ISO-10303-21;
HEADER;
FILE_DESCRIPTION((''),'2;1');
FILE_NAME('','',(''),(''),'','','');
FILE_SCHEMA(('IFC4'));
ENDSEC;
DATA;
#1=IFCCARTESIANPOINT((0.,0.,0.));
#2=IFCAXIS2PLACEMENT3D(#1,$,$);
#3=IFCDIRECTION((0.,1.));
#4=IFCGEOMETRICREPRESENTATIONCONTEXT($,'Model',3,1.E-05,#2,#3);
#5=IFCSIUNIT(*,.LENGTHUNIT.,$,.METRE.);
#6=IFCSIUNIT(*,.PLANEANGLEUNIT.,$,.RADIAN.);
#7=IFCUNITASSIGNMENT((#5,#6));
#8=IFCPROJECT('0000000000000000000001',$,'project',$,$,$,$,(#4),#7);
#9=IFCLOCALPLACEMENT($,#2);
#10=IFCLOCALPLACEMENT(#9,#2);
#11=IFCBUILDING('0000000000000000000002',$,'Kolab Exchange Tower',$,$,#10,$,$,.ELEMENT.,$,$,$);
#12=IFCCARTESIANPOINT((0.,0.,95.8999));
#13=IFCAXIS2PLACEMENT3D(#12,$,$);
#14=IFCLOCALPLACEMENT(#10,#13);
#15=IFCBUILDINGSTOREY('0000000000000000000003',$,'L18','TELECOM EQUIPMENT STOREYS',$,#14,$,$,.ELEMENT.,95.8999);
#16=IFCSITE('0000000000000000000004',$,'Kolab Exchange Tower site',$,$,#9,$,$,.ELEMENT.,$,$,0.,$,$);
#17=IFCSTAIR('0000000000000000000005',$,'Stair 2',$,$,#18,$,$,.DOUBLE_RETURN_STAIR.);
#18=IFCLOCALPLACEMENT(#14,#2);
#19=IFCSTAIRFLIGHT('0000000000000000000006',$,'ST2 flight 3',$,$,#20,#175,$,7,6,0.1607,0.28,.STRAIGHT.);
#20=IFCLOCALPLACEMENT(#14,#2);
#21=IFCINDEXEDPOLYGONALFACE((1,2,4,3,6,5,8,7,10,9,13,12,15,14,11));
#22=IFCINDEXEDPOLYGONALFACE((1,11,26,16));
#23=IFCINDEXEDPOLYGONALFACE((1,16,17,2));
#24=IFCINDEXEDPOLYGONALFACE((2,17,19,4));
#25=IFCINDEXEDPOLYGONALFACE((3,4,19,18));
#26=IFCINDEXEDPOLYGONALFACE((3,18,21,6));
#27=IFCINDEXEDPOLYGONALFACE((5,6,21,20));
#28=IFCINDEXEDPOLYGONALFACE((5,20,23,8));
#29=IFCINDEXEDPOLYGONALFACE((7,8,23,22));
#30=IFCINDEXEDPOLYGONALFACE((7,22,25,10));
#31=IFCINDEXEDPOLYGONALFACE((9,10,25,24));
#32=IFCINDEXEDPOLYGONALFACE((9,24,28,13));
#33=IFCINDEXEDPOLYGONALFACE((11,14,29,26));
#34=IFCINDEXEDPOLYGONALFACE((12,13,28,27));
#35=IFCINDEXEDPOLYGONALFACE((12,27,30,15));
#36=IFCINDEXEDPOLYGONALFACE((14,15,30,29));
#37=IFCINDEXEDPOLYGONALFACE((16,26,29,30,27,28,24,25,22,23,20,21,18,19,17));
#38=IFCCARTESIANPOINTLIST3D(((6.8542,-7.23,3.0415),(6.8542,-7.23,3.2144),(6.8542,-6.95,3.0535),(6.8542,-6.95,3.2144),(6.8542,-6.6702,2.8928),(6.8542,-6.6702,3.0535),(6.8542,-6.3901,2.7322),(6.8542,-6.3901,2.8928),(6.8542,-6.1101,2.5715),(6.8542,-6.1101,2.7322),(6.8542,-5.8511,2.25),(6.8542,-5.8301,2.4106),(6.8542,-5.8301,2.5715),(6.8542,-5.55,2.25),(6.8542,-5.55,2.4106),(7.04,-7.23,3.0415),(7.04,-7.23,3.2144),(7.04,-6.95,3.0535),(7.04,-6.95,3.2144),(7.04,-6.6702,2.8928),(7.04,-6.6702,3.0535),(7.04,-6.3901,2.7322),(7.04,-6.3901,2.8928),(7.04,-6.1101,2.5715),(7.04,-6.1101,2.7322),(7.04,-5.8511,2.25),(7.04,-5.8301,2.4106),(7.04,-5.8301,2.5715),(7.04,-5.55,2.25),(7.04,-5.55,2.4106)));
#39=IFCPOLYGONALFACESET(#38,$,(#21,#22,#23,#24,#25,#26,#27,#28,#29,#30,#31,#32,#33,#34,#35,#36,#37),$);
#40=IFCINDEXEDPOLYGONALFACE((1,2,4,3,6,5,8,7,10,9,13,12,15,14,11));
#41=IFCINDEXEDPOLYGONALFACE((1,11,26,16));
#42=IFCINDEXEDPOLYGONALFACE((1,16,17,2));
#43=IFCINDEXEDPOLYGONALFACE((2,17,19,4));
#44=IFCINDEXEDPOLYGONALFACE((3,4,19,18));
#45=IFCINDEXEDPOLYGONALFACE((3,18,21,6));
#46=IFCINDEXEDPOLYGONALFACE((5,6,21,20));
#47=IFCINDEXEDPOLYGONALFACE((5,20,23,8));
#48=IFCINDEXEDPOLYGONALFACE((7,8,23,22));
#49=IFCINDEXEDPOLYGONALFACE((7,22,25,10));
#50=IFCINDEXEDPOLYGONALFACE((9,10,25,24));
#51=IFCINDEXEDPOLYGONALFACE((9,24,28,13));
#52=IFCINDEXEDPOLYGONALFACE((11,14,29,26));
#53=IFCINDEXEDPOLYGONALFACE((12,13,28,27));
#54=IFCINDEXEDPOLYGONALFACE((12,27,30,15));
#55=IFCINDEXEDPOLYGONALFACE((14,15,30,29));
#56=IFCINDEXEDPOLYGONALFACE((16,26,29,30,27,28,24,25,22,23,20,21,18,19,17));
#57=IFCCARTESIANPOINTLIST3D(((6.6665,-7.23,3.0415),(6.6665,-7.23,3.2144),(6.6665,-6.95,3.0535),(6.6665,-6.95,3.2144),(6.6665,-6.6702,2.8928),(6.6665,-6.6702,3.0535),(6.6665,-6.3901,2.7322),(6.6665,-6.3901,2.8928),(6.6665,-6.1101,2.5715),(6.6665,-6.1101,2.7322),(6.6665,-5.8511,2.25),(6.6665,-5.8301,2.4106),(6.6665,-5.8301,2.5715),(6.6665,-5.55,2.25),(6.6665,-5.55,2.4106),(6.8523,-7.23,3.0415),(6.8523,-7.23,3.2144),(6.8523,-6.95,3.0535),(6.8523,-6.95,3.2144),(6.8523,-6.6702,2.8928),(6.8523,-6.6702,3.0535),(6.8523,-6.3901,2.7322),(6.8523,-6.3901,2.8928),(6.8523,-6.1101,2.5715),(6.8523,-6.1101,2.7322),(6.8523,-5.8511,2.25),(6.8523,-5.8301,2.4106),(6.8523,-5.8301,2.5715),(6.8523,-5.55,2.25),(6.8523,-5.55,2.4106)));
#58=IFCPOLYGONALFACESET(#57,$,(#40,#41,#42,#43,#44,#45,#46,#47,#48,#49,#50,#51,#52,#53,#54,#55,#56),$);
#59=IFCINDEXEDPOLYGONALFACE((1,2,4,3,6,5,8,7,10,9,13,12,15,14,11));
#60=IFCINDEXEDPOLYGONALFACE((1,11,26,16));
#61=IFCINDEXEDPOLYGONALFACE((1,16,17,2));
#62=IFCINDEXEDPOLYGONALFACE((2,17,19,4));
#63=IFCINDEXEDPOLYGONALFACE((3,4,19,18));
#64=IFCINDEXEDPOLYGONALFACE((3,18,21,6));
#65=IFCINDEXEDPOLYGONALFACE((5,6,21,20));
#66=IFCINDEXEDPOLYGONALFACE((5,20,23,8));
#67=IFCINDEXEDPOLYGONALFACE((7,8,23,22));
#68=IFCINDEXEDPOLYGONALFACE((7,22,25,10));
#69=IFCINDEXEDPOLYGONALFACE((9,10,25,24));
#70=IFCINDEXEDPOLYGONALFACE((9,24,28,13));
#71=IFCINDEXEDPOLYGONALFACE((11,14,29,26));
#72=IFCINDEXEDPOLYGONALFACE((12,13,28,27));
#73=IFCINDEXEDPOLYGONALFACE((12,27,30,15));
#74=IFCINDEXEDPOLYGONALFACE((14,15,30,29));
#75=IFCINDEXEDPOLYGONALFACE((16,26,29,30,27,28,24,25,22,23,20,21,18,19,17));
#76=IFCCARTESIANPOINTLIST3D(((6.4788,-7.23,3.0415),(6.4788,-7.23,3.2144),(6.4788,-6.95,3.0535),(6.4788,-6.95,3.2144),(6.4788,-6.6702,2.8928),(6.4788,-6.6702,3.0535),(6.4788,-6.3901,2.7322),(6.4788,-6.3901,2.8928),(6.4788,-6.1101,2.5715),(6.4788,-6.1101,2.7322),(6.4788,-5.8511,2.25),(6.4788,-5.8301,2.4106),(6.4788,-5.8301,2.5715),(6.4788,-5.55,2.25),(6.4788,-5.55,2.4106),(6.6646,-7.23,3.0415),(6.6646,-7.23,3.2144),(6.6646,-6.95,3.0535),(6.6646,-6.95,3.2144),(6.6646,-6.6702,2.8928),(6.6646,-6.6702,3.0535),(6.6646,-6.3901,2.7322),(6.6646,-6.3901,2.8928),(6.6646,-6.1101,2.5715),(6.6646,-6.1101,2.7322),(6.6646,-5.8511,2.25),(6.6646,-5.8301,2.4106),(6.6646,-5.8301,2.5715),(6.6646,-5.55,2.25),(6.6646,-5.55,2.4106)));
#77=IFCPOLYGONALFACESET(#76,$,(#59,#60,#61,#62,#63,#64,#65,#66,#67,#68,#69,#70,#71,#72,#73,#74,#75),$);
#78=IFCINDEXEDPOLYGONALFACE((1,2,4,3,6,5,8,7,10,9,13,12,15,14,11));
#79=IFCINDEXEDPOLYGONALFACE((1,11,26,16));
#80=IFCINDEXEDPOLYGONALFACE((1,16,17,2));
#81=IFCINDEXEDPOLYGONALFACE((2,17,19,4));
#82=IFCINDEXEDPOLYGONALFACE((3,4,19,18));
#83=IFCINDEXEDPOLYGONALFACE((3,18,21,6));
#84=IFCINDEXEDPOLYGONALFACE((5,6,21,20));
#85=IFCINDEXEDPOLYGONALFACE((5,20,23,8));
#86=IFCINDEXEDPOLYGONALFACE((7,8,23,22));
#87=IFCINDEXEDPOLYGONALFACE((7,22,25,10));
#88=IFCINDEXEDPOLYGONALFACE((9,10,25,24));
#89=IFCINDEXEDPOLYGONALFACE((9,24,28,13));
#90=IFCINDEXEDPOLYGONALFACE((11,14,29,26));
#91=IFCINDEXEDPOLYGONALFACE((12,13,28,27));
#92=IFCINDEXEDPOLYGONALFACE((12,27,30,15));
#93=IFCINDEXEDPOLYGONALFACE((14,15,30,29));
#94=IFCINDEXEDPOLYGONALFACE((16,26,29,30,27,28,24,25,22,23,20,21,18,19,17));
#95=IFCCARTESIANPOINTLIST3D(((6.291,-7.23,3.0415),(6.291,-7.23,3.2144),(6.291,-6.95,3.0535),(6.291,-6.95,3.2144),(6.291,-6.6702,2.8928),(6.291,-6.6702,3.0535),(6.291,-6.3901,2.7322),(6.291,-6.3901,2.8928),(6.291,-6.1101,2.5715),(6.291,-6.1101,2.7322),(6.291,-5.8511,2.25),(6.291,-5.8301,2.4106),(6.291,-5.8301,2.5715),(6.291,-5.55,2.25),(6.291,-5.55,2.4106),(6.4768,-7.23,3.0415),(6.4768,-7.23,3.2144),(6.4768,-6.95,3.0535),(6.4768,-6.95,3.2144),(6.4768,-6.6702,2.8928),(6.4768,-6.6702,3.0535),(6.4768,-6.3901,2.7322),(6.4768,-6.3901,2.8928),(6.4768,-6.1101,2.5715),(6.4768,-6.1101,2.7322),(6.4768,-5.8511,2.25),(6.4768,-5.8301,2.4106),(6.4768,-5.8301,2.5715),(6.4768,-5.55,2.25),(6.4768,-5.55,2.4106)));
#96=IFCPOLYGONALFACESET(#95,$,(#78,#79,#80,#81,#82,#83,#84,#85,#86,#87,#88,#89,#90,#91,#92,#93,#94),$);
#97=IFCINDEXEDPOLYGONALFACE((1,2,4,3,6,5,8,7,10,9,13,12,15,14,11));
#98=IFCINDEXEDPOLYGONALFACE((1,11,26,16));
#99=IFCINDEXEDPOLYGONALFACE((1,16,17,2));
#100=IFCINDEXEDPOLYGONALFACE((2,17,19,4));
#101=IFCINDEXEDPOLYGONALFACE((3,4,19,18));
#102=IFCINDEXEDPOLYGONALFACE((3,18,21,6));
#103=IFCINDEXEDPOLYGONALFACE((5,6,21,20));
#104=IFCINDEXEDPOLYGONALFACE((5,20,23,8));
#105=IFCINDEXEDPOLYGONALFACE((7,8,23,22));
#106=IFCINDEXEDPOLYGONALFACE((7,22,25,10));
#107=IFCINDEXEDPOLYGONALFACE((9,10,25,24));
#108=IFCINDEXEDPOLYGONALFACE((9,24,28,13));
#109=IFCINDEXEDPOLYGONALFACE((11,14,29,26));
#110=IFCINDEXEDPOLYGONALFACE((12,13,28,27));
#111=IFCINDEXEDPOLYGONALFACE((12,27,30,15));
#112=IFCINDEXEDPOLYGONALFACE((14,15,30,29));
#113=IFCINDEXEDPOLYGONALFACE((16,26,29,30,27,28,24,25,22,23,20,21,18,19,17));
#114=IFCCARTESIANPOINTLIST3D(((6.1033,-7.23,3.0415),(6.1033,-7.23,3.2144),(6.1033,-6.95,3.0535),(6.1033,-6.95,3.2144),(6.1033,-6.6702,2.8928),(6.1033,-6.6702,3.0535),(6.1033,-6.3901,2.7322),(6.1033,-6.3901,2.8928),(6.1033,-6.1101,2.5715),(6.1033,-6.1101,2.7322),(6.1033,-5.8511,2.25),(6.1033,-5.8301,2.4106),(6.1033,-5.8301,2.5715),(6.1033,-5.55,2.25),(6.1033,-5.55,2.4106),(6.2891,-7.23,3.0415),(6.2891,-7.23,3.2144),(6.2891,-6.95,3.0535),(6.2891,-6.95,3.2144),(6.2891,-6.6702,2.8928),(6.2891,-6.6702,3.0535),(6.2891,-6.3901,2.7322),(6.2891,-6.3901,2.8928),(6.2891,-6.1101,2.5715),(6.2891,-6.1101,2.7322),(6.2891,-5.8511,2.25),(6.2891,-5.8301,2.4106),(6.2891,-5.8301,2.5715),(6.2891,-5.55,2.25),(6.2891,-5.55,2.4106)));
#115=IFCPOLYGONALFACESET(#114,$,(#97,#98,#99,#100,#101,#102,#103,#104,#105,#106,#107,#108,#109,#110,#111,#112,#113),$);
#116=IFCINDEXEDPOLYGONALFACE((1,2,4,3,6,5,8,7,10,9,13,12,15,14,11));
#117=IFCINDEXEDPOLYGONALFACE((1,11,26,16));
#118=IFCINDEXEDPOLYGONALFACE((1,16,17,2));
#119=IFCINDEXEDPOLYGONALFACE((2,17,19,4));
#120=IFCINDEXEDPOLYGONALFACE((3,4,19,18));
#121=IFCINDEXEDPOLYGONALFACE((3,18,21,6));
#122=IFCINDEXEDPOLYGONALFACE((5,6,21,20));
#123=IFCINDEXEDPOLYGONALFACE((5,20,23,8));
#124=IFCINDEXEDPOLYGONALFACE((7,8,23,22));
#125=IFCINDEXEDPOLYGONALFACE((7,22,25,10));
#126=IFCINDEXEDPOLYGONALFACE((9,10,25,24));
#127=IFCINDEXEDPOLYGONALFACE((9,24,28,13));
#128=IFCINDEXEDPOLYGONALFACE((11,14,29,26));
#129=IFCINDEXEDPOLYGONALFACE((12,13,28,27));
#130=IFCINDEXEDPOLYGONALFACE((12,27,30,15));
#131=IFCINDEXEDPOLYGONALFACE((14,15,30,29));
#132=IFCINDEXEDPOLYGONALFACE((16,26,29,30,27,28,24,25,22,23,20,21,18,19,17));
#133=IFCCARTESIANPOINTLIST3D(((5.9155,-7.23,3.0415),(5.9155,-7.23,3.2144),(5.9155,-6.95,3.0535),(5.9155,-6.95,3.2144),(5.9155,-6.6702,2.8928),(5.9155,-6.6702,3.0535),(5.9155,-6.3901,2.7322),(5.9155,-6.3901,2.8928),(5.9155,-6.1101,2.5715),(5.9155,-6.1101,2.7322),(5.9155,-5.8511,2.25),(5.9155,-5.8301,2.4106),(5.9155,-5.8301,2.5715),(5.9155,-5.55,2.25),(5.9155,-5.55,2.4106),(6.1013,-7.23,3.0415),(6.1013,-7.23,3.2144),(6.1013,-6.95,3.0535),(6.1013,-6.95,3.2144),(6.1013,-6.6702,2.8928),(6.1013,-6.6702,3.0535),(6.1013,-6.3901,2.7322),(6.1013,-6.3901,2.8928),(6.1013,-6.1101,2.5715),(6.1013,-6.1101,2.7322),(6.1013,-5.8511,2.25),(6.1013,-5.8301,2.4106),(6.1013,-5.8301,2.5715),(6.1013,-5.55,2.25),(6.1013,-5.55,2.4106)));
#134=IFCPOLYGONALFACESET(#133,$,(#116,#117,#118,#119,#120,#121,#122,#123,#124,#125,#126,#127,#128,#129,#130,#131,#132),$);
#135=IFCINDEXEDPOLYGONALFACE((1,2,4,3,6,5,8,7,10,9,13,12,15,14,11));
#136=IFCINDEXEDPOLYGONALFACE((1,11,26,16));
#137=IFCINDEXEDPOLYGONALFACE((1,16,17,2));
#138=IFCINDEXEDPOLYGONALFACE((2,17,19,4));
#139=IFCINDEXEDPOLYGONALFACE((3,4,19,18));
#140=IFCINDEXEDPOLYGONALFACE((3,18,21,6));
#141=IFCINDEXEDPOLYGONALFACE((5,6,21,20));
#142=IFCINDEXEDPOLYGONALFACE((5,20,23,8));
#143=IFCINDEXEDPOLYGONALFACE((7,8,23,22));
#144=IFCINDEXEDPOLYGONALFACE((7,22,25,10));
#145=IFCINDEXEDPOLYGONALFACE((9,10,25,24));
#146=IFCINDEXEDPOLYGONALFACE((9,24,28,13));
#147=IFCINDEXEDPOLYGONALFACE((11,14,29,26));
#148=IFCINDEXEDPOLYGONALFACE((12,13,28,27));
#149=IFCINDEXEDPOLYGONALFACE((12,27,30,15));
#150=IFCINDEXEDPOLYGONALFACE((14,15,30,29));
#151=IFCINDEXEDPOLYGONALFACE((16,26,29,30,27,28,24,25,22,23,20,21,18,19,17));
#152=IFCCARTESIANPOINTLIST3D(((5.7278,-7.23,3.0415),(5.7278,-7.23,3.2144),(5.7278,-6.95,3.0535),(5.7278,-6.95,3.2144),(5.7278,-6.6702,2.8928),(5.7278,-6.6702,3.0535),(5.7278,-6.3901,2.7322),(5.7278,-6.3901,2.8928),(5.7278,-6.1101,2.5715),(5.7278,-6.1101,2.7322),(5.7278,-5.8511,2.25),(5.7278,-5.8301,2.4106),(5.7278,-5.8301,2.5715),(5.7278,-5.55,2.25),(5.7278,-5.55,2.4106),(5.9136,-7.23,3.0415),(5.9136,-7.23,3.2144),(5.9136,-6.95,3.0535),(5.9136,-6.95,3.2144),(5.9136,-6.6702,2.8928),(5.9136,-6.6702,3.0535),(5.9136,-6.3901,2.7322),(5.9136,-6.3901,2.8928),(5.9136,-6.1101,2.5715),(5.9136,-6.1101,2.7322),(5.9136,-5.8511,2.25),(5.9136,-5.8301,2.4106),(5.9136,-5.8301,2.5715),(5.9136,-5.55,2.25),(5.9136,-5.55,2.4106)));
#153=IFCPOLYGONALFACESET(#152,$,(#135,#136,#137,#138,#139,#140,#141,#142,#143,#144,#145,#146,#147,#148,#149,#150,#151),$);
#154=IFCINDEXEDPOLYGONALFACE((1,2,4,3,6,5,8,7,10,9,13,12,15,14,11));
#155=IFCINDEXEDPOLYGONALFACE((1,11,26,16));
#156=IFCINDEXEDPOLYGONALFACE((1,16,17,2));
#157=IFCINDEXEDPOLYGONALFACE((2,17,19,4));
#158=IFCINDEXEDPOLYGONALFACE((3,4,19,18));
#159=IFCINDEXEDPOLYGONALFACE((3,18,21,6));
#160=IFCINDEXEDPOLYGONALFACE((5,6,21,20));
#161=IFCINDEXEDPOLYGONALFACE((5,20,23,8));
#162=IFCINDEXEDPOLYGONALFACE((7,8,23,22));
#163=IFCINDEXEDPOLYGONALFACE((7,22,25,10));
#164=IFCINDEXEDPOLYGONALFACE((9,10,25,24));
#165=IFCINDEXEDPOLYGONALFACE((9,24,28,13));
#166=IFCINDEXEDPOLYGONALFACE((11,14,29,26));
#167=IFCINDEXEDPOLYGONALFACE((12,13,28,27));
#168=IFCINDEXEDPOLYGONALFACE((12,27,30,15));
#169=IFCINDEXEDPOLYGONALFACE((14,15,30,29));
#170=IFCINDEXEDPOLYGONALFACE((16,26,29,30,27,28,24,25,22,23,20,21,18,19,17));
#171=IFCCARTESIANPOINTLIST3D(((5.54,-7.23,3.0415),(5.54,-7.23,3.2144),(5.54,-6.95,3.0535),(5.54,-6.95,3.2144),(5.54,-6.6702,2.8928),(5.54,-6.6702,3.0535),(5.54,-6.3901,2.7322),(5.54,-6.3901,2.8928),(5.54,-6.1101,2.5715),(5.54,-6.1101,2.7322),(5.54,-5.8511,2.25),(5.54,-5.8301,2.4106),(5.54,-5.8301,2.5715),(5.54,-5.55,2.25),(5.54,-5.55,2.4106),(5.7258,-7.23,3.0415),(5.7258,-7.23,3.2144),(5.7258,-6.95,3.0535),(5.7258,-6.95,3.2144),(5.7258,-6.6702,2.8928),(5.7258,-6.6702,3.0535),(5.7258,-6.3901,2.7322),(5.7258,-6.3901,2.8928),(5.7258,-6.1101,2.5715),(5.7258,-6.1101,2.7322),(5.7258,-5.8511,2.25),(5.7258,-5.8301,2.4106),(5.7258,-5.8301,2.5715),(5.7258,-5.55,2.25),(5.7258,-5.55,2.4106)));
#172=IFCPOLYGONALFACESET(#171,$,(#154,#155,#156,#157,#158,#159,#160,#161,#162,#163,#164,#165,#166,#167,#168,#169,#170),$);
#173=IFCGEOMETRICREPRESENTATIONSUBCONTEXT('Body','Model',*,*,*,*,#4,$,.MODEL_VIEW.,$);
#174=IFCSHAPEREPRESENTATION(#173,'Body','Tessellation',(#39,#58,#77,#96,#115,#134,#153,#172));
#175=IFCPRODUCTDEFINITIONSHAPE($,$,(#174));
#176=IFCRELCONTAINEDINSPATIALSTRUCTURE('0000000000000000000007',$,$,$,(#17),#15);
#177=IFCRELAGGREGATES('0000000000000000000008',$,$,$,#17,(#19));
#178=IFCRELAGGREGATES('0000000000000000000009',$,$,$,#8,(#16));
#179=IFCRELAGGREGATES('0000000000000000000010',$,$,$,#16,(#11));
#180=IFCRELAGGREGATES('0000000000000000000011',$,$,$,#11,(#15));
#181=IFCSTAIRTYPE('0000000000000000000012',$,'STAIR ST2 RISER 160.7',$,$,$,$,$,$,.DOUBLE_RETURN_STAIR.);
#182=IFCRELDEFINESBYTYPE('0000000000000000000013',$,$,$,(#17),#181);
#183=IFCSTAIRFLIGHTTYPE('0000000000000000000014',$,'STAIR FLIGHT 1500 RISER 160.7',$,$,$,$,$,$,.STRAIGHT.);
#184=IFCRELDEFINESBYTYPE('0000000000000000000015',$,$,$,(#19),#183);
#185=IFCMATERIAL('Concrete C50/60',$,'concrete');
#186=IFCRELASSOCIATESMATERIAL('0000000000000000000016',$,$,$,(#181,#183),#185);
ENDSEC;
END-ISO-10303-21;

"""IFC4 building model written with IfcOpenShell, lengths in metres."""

from ifc_helpers import new_model, si_unit, direction, frame, origin, place, context, subcontext, project, spatial, polyline, outline, extrude, material, type_object, element, aggregate, save


model = new_model("IFC4")

# Units and contexts
model_context = context("Model", 3, precision=1e-05, world=origin(), true_north=direction((0.0, 1.0)))
body_context = subcontext(model_context, "Body", "Model", "MODEL_VIEW")
ifc_project = project(units=[si_unit("LENGTHUNIT", "METRE"), si_unit("PLANEANGLEUNIT", "RADIAN")], contexts=[model_context])

# Site, building, storey
site_placement = place(None, origin())
site = spatial("IfcSite", under=ifc_project, at=site_placement, Name="Kolab Exchange Tower site", CompositionType="ELEMENT", RefElevation=0.0)
building_placement = place(site_placement, origin())
building = spatial("IfcBuilding", under=site, at=building_placement, Name="Kolab Exchange Tower", CompositionType="ELEMENT")
storey_placement = place(building_placement, frame((0.0, 0.0, 95.8999)))
storey = spatial("IfcBuildingStorey", under=building, at=storey_placement, Name="L18", Description="TELECOM EQUIPMENT STOREYS", CompositionType="ELEMENT", Elevation=95.8999)

# Shared definitions
ifc_material_1 = material(Name="Concrete C50/60", Category="concrete")

# Stair, stair flight
stair_type = type_object("IfcStairType", Name="STAIR ST2 RISER 160.7", PredefinedType="DOUBLE_RETURN_STAIR", material=ifc_material_1)
stair_placement = place(storey_placement, origin())
stair = element("IfcStair", 1, at=stair_placement, inside=storey, type_object=stair_type, Name="Stair 2", PredefinedType="DOUBLE_RETURN_STAIR")
stair_flight_type = type_object("IfcStairFlightType", Name="STAIR FLIGHT 1500 RISER 160.7", PredefinedType="STRAIGHT", material=ifc_material_1)
stair_flight_1_placement = place(storey_placement, frame((6.29, -5.55, 2.25), z_axis=(0.0, 0.0, 1.0), x_axis=(0.0, -1.0, 0.0)))
stair_flight_1 = element("IfcStairFlight", 2, at=stair_flight_1_placement, type_object=stair_flight_type, Name="ST2 flight 3", NumberOfRisers=7, NumberOfTreads=6, PredefinedType="STRAIGHT", RiserHeight=0.1607, TreadLength=0.28, context=body_context, shape_type="SweptSolid", body=[
    extrude(outline(polyline([(0.0, 0.0), (0.0, 0.1606), (0.28, 0.1606), (0.28, 0.3215), (0.5601, 0.3215), (0.5601, 0.4822), (0.8401, 0.4822), (0.8401, 0.6428), (1.1201, 0.6428), (1.1201, 0.8035), (1.3999, 0.8035), (1.3999, 0.9644), (1.6799, 0.9644), (1.6799, 1.125), (1.6799, 0.7915), (0.301, 0.0), (0.0, 0.0)])), frame((0.0, 0.75, 0.0), z_axis=(0.0, -1.0, 0.0), x_axis=(1.0, 0.0, 0.0)), (0.0, 0.0, 1.0), 0.1858),
    extrude(outline(polyline([(0.0, 0.0), (0.0, 0.1606), (0.28, 0.1606), (0.28, 0.3215), (0.5601, 0.3215), (0.5601, 0.4822), (0.8401, 0.4822), (0.8401, 0.6428), (1.1201, 0.6428), (1.1201, 0.8035), (1.3999, 0.8035), (1.3999, 0.9644), (1.6799, 0.9644), (1.6799, 1.125), (1.6799, 0.7915), (0.301, 0.0), (0.0, 0.0)])), frame((0.0, 0.5623, 0.0), z_axis=(0.0, -1.0, 0.0), x_axis=(1.0, 0.0, 0.0)), (0.0, 0.0, 1.0), 0.1858),
    extrude(outline(polyline([(0.0, 0.0), (0.0, 0.1606), (0.28, 0.1606), (0.28, 0.3215), (0.5601, 0.3215), (0.5601, 0.4822), (0.8401, 0.4822), (0.8401, 0.6428), (1.1201, 0.6428), (1.1201, 0.8035), (1.3999, 0.8035), (1.3999, 0.9644), (1.6799, 0.9644), (1.6799, 1.125), (1.6799, 0.7915), (0.301, 0.0), (0.0, 0.0)])), frame((0.0, 0.3745, 0.0), z_axis=(0.0, -1.0, 0.0), x_axis=(1.0, 0.0, 0.0)), (0.0, 0.0, 1.0), 0.1858),
    extrude(outline(polyline([(0.0, 0.0), (0.0, 0.1606), (0.28, 0.1606), (0.28, 0.3215), (0.5601, 0.3215), (0.5601, 0.4822), (0.8401, 0.4822), (0.8401, 0.6428), (1.1201, 0.6428), (1.1201, 0.8035), (1.3999, 0.8035), (1.3999, 0.9644), (1.6799, 0.9644), (1.6799, 1.125), (1.6799, 0.7915), (0.301, 0.0), (0.0, 0.0)])), frame((0.0, 0.1868, 0.0), z_axis=(0.0, -1.0, 0.0), x_axis=(1.0, 0.0, 0.0)), (0.0, 0.0, 1.0), 0.1858),
    extrude(outline(polyline([(0.0, 0.0), (0.0, 0.1606), (0.28, 0.1606), (0.28, 0.3215), (0.5601, 0.3215), (0.5601, 0.4822), (0.8401, 0.4822), (0.8401, 0.6428), (1.1201, 0.6428), (1.1201, 0.8035), (1.3999, 0.8035), (1.3999, 0.9644), (1.6799, 0.9644), (1.6799, 1.125), (1.6799, 0.7915), (0.301, 0.0), (0.0, 0.0)])), frame((0.0, -0.001, 0.0), z_axis=(0.0, -1.0, 0.0), x_axis=(1.0, 0.0, 0.0)), (0.0, 0.0, 1.0), 0.1858),
    extrude(outline(polyline([(0.0, 0.0), (0.0, 0.1606), (0.28, 0.1606), (0.28, 0.3215), (0.5601, 0.3215), (0.5601, 0.4822), (0.8401, 0.4822), (0.8401, 0.6428), (1.1201, 0.6428), (1.1201, 0.8035), (1.3999, 0.8035), (1.3999, 0.9644), (1.6799, 0.9644), (1.6799, 1.125), (1.6799, 0.7915), (0.301, 0.0), (0.0, 0.0)])), frame((0.0, -0.1887, 0.0), z_axis=(0.0, -1.0, 0.0), x_axis=(1.0, 0.0, 0.0)), (0.0, 0.0, 1.0), 0.1858),
    extrude(outline(polyline([(0.0, 0.0), (0.0, 0.1606), (0.28, 0.1606), (0.28, 0.3215), (0.5601, 0.3215), (0.5601, 0.4822), (0.8401, 0.4822), (0.8401, 0.6428), (1.1201, 0.6428), (1.1201, 0.8035), (1.3999, 0.8035), (1.3999, 0.9644), (1.6799, 0.9644), (1.6799, 1.125), (1.6799, 0.7915), (0.301, 0.0), (0.0, 0.0)])), frame((0.0, -0.3765, 0.0), z_axis=(0.0, -1.0, 0.0), x_axis=(1.0, 0.0, 0.0)), (0.0, 0.0, 1.0), 0.1858),
    extrude(outline(polyline([(0.0, 0.0), (0.0, 0.1606), (0.28, 0.1606), (0.28, 0.3215), (0.5601, 0.3215), (0.5601, 0.4822), (0.8401, 0.4822), (0.8401, 0.6428), (1.1201, 0.6428), (1.1201, 0.8035), (1.3999, 0.8035), (1.3999, 0.9644), (1.6799, 0.9644), (1.6799, 1.125), (1.6799, 0.7915), (0.301, 0.0), (0.0, 0.0)])), frame((0.0, -0.5642, 0.0), z_axis=(0.0, -1.0, 0.0), x_axis=(1.0, 0.0, 0.0)), (0.0, 0.0, 1.0), 0.1858),
])
aggregate(stair, [stair_flight_1])

save(model, "model.ifc")
